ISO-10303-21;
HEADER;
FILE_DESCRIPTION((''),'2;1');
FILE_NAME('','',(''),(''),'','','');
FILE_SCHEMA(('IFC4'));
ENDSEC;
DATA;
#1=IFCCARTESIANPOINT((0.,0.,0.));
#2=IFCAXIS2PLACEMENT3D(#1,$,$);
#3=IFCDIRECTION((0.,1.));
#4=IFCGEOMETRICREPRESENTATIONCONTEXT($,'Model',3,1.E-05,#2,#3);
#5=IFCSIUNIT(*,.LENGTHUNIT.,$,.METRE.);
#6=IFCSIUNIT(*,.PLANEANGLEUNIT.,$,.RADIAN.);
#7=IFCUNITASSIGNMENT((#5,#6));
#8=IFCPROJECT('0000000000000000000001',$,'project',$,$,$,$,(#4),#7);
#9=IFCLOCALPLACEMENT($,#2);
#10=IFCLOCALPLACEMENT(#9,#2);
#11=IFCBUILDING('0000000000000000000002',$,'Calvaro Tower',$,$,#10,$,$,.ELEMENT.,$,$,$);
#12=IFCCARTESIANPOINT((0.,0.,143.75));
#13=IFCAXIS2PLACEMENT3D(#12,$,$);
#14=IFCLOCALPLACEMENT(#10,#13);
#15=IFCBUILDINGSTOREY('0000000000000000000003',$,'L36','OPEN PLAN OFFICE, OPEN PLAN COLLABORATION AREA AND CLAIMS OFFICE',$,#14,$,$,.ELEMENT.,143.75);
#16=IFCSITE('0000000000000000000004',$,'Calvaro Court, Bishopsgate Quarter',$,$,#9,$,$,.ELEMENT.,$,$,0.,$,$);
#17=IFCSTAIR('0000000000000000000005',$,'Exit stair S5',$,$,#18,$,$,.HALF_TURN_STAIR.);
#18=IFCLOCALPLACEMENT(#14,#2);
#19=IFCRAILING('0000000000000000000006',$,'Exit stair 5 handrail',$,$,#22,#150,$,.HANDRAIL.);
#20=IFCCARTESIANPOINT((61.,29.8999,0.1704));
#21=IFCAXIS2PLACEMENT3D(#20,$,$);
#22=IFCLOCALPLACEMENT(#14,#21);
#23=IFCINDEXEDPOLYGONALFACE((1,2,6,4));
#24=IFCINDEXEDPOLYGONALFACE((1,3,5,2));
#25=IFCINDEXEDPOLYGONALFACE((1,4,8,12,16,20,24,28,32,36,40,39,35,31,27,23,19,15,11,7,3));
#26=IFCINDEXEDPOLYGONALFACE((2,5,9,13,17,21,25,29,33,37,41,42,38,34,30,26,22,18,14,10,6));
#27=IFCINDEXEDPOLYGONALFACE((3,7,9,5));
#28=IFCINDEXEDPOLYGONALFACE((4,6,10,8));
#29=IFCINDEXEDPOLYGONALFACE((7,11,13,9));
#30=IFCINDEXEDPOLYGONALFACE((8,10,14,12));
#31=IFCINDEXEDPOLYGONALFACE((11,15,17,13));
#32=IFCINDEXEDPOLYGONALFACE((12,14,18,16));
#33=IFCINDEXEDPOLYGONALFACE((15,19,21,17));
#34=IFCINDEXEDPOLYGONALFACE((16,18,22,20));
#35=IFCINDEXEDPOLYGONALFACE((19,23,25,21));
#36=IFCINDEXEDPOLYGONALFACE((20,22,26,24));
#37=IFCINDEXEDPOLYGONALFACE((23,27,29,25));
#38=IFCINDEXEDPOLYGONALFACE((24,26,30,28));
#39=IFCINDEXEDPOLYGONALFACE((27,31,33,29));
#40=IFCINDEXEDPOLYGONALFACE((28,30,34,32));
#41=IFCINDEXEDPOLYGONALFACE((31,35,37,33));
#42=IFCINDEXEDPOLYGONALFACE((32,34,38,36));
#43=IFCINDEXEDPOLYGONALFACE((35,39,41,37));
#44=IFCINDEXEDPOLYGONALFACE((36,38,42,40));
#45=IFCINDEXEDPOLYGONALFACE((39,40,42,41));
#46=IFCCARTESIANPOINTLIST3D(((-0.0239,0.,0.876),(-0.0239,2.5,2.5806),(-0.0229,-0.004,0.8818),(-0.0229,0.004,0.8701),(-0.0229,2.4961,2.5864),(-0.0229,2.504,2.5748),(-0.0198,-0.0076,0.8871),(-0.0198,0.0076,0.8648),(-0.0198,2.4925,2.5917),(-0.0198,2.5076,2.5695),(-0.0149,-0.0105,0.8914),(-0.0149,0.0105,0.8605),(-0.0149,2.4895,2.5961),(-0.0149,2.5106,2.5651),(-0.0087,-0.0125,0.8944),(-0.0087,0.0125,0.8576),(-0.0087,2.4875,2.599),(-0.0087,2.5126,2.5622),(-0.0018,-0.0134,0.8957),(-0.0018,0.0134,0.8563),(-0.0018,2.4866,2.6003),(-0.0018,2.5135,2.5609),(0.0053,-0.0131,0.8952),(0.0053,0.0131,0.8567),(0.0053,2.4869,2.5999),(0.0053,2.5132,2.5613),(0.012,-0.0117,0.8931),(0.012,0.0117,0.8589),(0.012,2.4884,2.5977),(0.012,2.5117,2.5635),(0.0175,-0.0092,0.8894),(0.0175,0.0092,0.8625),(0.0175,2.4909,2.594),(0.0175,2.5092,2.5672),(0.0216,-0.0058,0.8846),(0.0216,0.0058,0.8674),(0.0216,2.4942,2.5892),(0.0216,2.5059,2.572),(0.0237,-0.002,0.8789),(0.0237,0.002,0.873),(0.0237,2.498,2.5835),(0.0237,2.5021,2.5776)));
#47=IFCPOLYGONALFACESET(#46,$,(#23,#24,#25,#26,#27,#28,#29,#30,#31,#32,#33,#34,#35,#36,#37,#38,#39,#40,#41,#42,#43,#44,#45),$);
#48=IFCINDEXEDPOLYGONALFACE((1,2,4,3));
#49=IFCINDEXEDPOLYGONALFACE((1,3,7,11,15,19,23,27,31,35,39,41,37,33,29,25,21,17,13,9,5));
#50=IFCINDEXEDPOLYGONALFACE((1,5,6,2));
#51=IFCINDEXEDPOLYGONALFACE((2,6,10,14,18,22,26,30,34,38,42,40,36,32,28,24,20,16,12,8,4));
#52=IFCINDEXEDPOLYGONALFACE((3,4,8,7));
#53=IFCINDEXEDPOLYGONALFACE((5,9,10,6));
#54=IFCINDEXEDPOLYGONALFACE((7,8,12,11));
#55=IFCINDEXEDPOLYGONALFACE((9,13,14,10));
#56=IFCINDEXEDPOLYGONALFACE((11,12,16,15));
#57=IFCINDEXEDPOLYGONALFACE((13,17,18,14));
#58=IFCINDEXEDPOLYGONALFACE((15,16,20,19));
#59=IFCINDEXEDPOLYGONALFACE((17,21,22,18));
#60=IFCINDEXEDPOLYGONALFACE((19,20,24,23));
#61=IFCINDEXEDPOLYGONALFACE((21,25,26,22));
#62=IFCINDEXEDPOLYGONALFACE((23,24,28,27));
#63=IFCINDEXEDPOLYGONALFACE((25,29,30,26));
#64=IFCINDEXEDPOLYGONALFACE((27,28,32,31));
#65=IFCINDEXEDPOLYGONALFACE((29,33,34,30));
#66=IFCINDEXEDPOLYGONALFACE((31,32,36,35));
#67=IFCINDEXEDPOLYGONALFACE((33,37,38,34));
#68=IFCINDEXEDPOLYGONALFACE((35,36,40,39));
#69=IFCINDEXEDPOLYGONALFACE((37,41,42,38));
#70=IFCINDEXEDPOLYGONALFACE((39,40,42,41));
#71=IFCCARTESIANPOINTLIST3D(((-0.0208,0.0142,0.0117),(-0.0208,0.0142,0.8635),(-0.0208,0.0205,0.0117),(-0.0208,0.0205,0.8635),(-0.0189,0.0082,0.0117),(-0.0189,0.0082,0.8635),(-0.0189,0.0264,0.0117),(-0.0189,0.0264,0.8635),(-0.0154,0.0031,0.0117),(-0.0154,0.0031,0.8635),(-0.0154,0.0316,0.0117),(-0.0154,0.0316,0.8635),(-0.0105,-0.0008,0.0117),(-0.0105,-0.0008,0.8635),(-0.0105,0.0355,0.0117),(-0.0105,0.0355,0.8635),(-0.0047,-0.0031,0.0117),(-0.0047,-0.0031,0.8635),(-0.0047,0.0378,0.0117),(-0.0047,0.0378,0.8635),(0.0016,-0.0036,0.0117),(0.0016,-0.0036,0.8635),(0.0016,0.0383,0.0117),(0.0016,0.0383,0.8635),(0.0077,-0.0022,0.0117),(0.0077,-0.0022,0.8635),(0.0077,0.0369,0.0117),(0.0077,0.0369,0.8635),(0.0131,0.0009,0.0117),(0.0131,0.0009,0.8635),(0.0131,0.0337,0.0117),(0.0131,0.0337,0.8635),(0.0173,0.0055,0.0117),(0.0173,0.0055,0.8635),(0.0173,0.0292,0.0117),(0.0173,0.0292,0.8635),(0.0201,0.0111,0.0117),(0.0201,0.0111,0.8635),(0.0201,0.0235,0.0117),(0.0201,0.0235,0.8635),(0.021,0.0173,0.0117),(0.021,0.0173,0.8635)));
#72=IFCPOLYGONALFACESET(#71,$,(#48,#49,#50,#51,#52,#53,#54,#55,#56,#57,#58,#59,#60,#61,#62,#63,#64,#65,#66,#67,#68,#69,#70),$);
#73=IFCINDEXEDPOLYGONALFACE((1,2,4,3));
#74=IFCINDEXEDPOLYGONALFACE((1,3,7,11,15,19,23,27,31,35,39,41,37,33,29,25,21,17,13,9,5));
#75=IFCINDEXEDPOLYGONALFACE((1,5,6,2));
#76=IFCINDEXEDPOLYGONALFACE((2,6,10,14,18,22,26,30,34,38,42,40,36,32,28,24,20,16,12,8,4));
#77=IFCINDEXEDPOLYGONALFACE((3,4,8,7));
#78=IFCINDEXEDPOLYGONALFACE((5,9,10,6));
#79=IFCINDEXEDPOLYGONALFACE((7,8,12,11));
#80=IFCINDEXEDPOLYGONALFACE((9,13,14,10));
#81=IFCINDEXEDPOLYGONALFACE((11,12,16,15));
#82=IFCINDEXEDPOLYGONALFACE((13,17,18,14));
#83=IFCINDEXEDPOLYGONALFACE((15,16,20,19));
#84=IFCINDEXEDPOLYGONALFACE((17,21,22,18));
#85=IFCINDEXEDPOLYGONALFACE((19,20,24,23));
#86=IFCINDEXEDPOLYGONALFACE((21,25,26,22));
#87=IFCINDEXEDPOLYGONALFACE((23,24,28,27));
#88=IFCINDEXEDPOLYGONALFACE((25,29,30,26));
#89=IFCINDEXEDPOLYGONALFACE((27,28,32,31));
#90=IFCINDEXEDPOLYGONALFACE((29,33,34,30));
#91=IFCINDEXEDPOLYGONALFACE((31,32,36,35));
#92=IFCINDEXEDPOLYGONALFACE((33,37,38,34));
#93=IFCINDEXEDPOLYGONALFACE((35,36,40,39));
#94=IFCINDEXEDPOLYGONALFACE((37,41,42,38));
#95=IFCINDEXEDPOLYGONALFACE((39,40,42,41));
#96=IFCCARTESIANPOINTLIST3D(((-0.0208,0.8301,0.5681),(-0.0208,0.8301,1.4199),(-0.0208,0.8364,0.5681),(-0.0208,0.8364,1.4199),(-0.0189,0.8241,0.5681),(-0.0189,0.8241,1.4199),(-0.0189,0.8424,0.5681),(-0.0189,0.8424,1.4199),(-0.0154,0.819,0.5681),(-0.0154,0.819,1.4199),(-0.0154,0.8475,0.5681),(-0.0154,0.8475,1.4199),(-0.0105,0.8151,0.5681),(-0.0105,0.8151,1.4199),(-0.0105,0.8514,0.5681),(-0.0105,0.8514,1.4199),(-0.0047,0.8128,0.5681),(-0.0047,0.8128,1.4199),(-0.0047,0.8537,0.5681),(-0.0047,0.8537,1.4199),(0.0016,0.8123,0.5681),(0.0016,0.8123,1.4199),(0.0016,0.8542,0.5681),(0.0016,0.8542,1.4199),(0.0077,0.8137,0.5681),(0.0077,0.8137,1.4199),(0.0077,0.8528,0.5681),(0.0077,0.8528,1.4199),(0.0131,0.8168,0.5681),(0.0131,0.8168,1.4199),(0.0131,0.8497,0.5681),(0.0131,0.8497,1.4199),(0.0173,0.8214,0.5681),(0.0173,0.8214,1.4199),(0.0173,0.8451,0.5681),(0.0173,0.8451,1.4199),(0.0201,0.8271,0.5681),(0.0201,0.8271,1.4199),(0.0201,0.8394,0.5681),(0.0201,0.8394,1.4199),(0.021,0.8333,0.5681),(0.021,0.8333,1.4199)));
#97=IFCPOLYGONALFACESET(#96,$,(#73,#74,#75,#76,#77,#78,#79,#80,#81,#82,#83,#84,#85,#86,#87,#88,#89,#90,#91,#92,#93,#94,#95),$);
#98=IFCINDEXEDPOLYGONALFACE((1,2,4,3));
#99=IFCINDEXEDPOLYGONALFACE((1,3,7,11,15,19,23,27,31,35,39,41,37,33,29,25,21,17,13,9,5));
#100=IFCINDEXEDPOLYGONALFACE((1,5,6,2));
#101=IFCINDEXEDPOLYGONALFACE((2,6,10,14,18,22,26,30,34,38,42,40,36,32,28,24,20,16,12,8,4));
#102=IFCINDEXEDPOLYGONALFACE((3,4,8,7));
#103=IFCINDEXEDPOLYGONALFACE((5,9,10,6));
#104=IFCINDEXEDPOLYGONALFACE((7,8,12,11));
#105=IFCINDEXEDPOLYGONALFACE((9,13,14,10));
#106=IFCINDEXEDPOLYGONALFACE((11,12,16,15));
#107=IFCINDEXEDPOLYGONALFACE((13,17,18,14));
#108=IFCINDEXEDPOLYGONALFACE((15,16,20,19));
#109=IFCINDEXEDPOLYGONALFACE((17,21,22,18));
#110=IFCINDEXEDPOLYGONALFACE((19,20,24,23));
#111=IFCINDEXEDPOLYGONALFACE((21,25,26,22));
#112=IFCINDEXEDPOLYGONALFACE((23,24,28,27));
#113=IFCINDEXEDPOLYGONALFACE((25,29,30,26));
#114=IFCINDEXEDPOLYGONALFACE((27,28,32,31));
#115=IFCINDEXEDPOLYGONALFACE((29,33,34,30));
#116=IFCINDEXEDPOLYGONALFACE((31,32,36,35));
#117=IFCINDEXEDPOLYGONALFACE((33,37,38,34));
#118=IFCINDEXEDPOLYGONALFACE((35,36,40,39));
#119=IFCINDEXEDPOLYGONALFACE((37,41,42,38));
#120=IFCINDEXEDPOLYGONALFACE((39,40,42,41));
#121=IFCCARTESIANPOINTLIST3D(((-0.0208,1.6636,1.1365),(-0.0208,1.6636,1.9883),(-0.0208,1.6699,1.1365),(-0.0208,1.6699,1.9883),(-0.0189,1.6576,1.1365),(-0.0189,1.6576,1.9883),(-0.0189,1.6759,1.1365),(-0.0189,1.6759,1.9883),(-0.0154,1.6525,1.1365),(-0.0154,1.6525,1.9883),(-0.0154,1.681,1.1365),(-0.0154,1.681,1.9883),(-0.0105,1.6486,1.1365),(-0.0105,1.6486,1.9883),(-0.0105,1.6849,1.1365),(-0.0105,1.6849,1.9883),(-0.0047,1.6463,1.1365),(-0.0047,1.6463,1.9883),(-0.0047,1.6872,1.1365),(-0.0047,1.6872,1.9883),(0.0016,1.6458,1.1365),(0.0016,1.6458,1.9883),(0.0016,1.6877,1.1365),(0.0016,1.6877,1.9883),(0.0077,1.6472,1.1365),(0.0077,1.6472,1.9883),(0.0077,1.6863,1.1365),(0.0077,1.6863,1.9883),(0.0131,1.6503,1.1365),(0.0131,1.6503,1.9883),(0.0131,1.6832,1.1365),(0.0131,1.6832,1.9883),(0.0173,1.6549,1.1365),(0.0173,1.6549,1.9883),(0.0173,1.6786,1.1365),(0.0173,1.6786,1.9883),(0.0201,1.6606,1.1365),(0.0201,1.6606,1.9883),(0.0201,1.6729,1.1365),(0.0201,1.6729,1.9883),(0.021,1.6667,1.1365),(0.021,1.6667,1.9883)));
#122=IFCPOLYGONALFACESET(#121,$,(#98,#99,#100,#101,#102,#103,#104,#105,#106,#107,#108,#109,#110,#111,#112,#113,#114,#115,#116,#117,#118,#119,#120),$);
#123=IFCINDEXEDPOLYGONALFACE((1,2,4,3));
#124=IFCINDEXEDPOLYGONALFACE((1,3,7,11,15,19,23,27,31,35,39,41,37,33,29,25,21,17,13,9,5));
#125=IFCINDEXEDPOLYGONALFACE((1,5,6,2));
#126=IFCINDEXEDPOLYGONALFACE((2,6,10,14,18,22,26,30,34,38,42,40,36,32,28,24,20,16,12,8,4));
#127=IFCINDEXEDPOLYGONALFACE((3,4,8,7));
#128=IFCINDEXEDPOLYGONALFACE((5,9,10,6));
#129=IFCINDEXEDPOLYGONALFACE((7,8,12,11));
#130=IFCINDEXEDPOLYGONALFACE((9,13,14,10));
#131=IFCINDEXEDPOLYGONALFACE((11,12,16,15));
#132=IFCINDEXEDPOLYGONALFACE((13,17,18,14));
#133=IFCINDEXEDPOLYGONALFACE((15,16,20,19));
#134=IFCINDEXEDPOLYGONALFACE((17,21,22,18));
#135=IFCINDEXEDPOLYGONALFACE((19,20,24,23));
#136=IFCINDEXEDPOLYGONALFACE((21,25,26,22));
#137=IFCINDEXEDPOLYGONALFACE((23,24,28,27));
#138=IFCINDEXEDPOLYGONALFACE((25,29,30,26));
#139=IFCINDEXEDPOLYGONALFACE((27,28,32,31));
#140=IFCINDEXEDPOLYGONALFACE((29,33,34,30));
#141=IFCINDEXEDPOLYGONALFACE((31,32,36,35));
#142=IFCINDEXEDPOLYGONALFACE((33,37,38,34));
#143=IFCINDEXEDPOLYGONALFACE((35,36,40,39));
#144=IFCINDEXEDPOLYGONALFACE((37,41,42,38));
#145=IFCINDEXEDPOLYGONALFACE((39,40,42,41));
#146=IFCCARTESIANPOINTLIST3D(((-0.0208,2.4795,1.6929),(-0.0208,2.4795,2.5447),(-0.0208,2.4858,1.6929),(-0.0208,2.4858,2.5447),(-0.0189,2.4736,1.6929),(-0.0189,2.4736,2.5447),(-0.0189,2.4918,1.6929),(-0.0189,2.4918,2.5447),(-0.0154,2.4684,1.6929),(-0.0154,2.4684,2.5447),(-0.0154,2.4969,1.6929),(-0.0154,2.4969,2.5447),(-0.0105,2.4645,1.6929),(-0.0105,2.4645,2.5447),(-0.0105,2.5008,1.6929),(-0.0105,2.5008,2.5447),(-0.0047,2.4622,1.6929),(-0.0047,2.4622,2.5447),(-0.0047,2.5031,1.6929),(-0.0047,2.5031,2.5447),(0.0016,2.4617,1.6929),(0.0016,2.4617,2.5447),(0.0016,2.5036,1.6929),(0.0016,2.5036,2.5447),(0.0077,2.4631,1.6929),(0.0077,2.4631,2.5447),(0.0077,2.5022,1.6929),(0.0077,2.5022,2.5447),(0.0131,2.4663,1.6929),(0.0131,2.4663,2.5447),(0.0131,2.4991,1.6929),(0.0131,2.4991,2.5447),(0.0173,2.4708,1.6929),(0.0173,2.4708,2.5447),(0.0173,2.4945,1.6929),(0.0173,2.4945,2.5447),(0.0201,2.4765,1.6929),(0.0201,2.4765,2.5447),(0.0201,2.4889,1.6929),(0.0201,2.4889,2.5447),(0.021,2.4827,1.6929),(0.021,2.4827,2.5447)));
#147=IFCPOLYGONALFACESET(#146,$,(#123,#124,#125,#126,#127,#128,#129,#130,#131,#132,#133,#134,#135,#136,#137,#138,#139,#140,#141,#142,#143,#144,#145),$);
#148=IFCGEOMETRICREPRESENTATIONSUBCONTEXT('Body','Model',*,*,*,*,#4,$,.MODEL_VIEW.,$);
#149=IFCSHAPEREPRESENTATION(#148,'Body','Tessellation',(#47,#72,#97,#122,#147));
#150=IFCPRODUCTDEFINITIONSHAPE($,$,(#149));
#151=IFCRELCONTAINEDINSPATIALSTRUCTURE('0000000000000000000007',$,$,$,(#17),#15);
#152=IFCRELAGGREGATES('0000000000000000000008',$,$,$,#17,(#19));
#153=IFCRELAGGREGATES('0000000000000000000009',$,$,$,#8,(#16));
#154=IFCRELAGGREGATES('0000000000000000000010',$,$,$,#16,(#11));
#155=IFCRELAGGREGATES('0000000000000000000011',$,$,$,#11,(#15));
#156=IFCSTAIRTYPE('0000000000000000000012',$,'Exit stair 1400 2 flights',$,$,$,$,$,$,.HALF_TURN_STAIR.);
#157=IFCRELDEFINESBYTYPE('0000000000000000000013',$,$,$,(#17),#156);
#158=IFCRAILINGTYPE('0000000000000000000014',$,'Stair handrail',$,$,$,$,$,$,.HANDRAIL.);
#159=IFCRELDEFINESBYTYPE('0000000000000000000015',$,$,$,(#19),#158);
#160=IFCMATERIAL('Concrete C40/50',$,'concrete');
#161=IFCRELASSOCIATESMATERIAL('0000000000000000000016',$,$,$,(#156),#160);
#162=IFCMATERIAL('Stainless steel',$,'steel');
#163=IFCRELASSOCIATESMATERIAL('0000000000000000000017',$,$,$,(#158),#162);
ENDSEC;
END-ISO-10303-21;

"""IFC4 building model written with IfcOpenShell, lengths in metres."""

from ifc_helpers import new_model, si_unit, direction, frame, origin, origin_2d, place, context, subcontext, project, spatial, circle, extrude, material, type_object, element, aggregate, save


model = new_model("IFC4")

# Units and contexts
model_context = context("Model", 3, precision=1e-05, world=origin(), true_north=direction((0.0, 1.0)))
body_context = subcontext(model_context, "Body", "Model", "MODEL_VIEW")
ifc_project = project(units=[si_unit("LENGTHUNIT", "METRE"), si_unit("PLANEANGLEUNIT", "RADIAN")], contexts=[model_context])

# Site, building, storey
site_placement = place(None, origin())
site = spatial("IfcSite", under=ifc_project, at=site_placement, Name="Calvaro Court, Bishopsgate Quarter", CompositionType="ELEMENT", RefElevation=0.0)
building_placement = place(site_placement, origin())
building = spatial("IfcBuilding", under=site, at=building_placement, Name="Calvaro Tower", CompositionType="ELEMENT")
storey_placement = place(building_placement, frame((0.0, 0.0, 143.75)))
storey = spatial("IfcBuildingStorey", under=building, at=storey_placement, Name="L36", Description="OPEN PLAN OFFICE, OPEN PLAN COLLABORATION AREA AND CLAIMS OFFICE", CompositionType="ELEMENT", Elevation=143.75)

# Stair, railing
ifc_material_1 = material(Name="Concrete C40/50", Category="concrete")
stair_type = type_object("IfcStairType", Name="Exit stair 1400 2 flights", PredefinedType="HALF_TURN_STAIR", material=ifc_material_1)
stair_placement = place(storey_placement, origin())
stair = element("IfcStair", 1, at=stair_placement, inside=storey, type_object=stair_type, Name="Exit stair S5", PredefinedType="HALF_TURN_STAIR")
ifc_material_2 = material(Name="Stainless steel", Category="steel")
railing_type = type_object("IfcRailingType", Name="Stair handrail", PredefinedType="HANDRAIL", material=ifc_material_2)
railing_1_placement = place(storey_placement, frame((61.0, 29.8999, 0.1704)))
railing_1 = element("IfcRailing", 2, at=railing_1_placement, type_object=railing_type, Name="Exit stair 5 handrail", PredefinedType="HANDRAIL", context=body_context, shape_type="SweptSolid", body=[
    extrude(circle(Radius=0.0239, at=origin_2d()), frame((0.0, 0.0, 0.876), z_axis=(0.0, 0.826221, 0.563347), x_axis=(-1.0, 0.0, 0.0)), (0.0, 0.0, 1.0), 3.0259),
    extrude(circle(Radius=0.021, at=origin_2d()), frame((0.0, 0.0173, 0.0117)), (0.0, 0.0, 1.0), 0.8518),
    extrude(circle(Radius=0.021, at=origin_2d()), frame((0.0, 0.8333, 0.5681)), (0.0, 0.0, 1.0), 0.8518),
    extrude(circle(Radius=0.021, at=origin_2d()), frame((0.0, 1.6667, 1.1365)), (0.0, 0.0, 1.0), 0.8518),
    extrude(circle(Radius=0.021, at=origin_2d()), frame((0.0, 2.4827, 1.6929)), (0.0, 0.0, 1.0), 0.8518),
])
aggregate(stair, [railing_1])

save(model, "model.ifc")
